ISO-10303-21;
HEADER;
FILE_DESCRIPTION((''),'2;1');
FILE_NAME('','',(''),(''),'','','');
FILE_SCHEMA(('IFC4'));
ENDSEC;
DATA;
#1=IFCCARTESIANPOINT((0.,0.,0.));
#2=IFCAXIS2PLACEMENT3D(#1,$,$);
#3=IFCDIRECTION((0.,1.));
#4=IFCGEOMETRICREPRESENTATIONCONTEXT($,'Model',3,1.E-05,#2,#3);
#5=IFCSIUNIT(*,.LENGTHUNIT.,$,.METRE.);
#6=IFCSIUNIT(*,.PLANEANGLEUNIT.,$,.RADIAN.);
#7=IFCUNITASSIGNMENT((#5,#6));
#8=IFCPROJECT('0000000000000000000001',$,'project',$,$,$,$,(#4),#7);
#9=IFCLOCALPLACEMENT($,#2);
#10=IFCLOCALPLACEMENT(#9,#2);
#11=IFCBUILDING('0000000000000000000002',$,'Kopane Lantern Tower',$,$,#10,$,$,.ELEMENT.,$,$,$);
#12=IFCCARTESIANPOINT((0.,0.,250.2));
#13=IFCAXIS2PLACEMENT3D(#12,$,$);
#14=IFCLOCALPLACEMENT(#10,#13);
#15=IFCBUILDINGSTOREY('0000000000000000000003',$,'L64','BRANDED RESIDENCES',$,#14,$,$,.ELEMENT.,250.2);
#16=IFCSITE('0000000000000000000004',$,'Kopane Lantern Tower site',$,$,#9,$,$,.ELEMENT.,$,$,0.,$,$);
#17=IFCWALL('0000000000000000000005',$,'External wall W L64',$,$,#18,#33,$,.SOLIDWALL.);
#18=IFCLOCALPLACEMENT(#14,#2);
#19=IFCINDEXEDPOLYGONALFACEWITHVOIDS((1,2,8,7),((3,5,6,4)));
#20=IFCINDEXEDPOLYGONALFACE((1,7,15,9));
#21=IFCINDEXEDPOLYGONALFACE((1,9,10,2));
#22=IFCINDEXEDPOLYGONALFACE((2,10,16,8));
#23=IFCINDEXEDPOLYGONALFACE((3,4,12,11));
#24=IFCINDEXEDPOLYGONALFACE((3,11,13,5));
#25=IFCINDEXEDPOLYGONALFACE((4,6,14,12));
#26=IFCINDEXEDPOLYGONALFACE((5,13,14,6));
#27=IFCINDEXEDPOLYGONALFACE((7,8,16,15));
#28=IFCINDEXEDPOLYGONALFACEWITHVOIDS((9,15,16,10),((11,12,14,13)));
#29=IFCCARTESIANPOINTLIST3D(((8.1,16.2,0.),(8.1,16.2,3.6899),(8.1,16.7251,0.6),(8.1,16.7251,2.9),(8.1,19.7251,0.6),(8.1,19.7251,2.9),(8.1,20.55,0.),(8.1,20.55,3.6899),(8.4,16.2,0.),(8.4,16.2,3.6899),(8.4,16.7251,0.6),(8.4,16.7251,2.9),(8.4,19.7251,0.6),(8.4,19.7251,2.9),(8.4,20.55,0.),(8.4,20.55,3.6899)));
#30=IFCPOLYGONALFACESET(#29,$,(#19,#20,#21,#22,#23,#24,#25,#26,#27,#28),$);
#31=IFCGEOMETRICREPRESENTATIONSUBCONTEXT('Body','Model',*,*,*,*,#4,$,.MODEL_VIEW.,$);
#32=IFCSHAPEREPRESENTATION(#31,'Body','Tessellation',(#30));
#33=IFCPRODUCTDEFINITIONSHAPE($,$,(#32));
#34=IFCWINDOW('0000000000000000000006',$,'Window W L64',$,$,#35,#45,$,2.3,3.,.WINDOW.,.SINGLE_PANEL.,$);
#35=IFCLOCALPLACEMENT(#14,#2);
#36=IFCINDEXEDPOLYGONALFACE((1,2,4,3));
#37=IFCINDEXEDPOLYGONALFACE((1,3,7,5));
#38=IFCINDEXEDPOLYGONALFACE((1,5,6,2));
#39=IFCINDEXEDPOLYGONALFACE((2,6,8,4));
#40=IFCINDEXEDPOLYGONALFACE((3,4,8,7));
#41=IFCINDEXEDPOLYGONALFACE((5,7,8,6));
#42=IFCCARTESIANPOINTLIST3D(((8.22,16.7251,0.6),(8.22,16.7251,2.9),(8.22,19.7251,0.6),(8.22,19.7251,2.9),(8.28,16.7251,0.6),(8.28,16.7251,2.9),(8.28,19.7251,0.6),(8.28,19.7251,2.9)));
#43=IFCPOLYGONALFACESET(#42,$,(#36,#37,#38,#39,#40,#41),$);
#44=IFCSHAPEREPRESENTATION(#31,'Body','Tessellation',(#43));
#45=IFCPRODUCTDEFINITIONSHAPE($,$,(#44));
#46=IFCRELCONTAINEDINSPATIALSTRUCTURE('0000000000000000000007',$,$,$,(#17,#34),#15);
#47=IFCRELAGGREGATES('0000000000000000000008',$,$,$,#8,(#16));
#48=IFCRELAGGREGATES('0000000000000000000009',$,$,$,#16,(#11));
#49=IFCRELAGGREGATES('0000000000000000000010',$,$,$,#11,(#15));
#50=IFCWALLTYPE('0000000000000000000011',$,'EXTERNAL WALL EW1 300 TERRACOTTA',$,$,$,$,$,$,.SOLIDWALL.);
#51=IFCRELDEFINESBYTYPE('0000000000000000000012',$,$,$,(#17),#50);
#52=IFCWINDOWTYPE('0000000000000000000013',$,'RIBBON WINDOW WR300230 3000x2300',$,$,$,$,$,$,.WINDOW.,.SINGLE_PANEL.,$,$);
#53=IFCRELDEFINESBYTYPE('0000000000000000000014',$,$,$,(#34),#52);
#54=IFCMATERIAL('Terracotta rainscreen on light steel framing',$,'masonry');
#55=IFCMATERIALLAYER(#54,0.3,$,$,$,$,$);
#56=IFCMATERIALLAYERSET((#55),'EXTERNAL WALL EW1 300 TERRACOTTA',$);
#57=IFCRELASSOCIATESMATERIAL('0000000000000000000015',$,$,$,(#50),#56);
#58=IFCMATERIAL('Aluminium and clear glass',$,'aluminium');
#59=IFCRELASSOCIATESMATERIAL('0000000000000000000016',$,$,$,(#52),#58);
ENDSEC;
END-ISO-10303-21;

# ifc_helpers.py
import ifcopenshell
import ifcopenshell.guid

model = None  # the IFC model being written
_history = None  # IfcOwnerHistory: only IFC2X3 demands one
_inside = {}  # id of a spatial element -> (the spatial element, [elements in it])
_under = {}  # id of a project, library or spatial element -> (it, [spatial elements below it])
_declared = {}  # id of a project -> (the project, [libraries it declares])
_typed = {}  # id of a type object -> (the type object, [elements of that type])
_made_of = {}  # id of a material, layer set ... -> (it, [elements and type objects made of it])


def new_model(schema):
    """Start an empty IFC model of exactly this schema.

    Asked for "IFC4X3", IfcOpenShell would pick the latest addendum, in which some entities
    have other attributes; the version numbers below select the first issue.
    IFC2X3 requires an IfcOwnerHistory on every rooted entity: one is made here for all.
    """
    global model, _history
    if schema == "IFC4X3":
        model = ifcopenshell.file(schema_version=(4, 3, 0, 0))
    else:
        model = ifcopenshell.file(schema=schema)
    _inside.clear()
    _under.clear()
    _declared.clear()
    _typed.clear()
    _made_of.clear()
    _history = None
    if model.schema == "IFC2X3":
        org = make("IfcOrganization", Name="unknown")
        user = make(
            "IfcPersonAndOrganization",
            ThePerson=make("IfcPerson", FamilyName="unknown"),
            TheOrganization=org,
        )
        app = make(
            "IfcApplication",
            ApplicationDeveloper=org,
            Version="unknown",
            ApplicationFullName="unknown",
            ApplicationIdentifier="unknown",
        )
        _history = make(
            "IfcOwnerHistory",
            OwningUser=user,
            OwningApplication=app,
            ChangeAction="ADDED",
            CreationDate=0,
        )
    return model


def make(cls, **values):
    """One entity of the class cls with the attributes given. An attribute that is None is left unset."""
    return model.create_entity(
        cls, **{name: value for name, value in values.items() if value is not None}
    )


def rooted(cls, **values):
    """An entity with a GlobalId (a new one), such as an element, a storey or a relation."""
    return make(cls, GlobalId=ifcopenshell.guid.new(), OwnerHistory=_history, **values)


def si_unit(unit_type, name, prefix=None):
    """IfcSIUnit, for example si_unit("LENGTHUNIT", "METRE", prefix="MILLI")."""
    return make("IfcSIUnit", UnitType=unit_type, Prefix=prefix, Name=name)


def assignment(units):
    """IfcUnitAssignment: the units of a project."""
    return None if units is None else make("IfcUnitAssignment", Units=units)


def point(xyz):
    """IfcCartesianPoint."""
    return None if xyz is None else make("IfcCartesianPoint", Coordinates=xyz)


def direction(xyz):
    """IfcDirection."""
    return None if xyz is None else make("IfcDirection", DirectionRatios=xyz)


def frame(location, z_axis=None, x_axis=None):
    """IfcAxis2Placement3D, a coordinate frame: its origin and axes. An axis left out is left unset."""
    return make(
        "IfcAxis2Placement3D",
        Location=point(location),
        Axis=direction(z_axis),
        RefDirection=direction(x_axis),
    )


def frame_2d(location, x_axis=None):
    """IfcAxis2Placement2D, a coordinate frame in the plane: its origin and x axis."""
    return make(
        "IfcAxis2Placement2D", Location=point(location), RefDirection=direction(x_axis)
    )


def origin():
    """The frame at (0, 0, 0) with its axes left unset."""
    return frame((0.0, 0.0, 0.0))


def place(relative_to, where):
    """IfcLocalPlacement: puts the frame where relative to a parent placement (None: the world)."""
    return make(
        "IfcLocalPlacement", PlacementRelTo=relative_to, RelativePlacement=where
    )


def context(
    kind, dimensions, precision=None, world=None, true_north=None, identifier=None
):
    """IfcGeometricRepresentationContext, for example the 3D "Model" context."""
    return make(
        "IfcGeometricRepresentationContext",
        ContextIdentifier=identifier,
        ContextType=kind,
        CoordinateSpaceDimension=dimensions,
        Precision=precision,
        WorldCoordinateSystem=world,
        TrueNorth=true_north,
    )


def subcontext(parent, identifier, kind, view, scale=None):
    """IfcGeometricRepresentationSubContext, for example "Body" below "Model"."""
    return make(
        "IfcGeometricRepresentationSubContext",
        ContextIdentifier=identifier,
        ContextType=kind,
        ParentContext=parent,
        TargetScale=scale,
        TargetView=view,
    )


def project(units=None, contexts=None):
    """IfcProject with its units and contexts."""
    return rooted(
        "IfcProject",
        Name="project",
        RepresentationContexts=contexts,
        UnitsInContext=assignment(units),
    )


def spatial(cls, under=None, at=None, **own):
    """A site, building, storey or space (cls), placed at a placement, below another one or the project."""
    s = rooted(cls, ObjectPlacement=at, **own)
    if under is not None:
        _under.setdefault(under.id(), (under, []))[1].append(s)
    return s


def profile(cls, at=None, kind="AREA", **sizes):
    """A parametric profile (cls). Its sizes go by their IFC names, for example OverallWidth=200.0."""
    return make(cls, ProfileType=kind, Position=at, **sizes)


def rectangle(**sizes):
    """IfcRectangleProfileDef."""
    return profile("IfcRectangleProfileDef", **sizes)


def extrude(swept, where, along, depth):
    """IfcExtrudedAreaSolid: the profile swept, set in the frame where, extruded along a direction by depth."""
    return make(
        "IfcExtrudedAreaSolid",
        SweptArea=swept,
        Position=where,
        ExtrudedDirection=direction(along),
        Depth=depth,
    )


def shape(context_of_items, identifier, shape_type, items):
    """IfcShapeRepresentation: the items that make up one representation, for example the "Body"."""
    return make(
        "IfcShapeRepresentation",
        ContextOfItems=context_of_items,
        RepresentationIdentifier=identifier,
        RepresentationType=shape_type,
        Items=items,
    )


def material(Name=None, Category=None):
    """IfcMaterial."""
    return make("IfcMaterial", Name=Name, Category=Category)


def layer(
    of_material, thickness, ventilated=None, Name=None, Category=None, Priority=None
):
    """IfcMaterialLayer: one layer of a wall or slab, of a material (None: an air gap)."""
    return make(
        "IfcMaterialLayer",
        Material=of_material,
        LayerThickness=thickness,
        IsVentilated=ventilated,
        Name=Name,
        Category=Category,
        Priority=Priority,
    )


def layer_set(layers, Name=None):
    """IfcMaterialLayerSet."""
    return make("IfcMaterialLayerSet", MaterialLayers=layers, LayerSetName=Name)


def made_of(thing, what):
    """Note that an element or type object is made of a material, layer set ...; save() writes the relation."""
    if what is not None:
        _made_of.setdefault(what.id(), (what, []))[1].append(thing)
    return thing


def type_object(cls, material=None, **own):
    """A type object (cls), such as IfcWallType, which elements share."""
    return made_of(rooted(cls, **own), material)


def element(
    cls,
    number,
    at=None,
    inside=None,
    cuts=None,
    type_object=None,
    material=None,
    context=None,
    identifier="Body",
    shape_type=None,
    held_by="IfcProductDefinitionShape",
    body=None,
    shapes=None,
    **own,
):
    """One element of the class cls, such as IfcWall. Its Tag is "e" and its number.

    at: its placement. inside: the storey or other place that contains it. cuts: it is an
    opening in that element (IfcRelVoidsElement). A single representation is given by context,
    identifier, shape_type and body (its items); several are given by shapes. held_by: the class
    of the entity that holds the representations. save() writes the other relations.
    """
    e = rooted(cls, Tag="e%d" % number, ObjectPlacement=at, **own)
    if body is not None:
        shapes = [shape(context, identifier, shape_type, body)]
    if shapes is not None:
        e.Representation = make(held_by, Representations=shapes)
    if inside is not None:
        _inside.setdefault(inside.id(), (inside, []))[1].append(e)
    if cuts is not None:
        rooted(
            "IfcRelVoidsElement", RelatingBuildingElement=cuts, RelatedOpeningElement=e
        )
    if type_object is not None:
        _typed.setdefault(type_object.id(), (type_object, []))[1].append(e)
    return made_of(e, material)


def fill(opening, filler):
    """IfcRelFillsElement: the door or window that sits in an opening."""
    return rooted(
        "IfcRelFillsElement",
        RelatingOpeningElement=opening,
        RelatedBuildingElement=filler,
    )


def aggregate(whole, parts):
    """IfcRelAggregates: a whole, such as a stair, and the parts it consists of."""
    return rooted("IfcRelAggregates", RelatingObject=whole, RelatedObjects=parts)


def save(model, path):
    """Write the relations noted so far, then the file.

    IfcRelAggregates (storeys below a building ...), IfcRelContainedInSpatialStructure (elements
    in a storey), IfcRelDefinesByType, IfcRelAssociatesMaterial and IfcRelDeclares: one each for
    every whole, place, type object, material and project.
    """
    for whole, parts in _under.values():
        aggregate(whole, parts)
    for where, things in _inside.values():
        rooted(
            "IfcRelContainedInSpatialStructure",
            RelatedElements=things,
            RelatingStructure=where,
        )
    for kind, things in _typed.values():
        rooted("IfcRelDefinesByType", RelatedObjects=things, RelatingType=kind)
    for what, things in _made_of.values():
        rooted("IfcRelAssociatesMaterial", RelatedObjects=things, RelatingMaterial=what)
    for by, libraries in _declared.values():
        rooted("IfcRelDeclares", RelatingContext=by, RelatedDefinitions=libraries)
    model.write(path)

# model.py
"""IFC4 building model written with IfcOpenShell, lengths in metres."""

from ifc_helpers import new_model, si_unit, direction, frame, frame_2d, origin, place, context, subcontext, project, spatial, rectangle, extrude, material, layer, layer_set, type_object, element, fill, save


model = new_model("IFC4")

# Units and contexts
model_context = context("Model", 3, precision=1e-05, world=origin(), true_north=direction((0.0, 1.0)))
body_context = subcontext(model_context, "Body", "Model", "MODEL_VIEW")
ifc_project = project(units=[si_unit("LENGTHUNIT", "METRE"), si_unit("PLANEANGLEUNIT", "RADIAN")], contexts=[model_context])

# Site, building, storey
site_placement = place(None, origin())
site = spatial("IfcSite", under=ifc_project, at=site_placement, Name="Kopane Lantern Tower site", CompositionType="ELEMENT", RefElevation=0.0)
building_placement = place(site_placement, origin())
building = spatial("IfcBuilding", under=site, at=building_placement, Name="Kopane Lantern Tower", CompositionType="ELEMENT")
storey_placement = place(building_placement, frame((0.0, 0.0, 250.2)))
storey = spatial("IfcBuildingStorey", under=building, at=storey_placement, Name="L64", Description="BRANDED RESIDENCES", CompositionType="ELEMENT", Elevation=250.2)

# Shared definitions
ifc_material_1 = material(Name="Terracotta rainscreen on light steel framing", Category="masonry")
ifc_layer_1 = layer(ifc_material_1, 0.3)
ifc_layer_set_1 = layer_set([ifc_layer_1], Name="EXTERNAL WALL EW1 300 TERRACOTTA")
wall_type_1 = type_object("IfcWallType", Name="EXTERNAL WALL EW1 300 TERRACOTTA", PredefinedType="SOLIDWALL", material=ifc_layer_set_1)

# Wall, opening, window
wall_1_placement = place(storey_placement, frame((8.25, 20.55, 0.0), z_axis=(0.0, 0.0, 1.0), x_axis=(0.0, -1.0, 0.0)))
wall_1 = element("IfcWall", 1, at=wall_1_placement, inside=storey, type_object=wall_type_1, Name="External wall W L64", PredefinedType="SOLIDWALL", context=body_context, shape_type="SweptSolid", body=[
    extrude(rectangle(XDim=4.3501, YDim=0.3, at=frame_2d((2.175, 0.0))), origin(), (0.0, 0.0, 1.0), 3.6899),
])
opening_1_placement = place(wall_1_placement, frame((0.825, 0.0, 0.6001)))
opening_1 = element("IfcOpeningElement", 2, at=opening_1_placement, cuts=wall_1, PredefinedType="OPENING", context=body_context, shape_type="SweptSolid", body=[
    extrude(rectangle(XDim=3.0, YDim=2.3, at=frame_2d((1.5, 1.1499))), frame((0.0, 0.1599, 0.0), z_axis=(0.0, -1.0, 0.0), x_axis=(1.0, 0.0, 0.0)), (0.0, 0.0, 1.0), 0.3201),
])
ifc_material_2 = material(Name="Aluminium and clear glass", Category="aluminium")
window_type_1 = type_object("IfcWindowType", Name="RIBBON WINDOW WR300230 3000x2300", PartitioningType="SINGLE_PANEL", PredefinedType="WINDOW", material=ifc_material_2)
window_1_placement = place(opening_1_placement, origin())
window_1 = element("IfcWindow", 3, at=window_1_placement, inside=storey, type_object=window_type_1, Name="Window W L64", OverallHeight=2.3, OverallWidth=3.0, PartitioningType="SINGLE_PANEL", PredefinedType="WINDOW", context=body_context, shape_type="SweptSolid", body=[
    extrude(rectangle(XDim=3.0, YDim=2.3, at=frame_2d((1.5, 1.1499))), frame((0.0, 0.03, 0.0), z_axis=(0.0, -1.0, 0.0), x_axis=(1.0, 0.0, 0.0)), (0.0, 0.0, 1.0), 0.0601),
])
fill(opening_1, window_1)

save(model, "model.ifc")
